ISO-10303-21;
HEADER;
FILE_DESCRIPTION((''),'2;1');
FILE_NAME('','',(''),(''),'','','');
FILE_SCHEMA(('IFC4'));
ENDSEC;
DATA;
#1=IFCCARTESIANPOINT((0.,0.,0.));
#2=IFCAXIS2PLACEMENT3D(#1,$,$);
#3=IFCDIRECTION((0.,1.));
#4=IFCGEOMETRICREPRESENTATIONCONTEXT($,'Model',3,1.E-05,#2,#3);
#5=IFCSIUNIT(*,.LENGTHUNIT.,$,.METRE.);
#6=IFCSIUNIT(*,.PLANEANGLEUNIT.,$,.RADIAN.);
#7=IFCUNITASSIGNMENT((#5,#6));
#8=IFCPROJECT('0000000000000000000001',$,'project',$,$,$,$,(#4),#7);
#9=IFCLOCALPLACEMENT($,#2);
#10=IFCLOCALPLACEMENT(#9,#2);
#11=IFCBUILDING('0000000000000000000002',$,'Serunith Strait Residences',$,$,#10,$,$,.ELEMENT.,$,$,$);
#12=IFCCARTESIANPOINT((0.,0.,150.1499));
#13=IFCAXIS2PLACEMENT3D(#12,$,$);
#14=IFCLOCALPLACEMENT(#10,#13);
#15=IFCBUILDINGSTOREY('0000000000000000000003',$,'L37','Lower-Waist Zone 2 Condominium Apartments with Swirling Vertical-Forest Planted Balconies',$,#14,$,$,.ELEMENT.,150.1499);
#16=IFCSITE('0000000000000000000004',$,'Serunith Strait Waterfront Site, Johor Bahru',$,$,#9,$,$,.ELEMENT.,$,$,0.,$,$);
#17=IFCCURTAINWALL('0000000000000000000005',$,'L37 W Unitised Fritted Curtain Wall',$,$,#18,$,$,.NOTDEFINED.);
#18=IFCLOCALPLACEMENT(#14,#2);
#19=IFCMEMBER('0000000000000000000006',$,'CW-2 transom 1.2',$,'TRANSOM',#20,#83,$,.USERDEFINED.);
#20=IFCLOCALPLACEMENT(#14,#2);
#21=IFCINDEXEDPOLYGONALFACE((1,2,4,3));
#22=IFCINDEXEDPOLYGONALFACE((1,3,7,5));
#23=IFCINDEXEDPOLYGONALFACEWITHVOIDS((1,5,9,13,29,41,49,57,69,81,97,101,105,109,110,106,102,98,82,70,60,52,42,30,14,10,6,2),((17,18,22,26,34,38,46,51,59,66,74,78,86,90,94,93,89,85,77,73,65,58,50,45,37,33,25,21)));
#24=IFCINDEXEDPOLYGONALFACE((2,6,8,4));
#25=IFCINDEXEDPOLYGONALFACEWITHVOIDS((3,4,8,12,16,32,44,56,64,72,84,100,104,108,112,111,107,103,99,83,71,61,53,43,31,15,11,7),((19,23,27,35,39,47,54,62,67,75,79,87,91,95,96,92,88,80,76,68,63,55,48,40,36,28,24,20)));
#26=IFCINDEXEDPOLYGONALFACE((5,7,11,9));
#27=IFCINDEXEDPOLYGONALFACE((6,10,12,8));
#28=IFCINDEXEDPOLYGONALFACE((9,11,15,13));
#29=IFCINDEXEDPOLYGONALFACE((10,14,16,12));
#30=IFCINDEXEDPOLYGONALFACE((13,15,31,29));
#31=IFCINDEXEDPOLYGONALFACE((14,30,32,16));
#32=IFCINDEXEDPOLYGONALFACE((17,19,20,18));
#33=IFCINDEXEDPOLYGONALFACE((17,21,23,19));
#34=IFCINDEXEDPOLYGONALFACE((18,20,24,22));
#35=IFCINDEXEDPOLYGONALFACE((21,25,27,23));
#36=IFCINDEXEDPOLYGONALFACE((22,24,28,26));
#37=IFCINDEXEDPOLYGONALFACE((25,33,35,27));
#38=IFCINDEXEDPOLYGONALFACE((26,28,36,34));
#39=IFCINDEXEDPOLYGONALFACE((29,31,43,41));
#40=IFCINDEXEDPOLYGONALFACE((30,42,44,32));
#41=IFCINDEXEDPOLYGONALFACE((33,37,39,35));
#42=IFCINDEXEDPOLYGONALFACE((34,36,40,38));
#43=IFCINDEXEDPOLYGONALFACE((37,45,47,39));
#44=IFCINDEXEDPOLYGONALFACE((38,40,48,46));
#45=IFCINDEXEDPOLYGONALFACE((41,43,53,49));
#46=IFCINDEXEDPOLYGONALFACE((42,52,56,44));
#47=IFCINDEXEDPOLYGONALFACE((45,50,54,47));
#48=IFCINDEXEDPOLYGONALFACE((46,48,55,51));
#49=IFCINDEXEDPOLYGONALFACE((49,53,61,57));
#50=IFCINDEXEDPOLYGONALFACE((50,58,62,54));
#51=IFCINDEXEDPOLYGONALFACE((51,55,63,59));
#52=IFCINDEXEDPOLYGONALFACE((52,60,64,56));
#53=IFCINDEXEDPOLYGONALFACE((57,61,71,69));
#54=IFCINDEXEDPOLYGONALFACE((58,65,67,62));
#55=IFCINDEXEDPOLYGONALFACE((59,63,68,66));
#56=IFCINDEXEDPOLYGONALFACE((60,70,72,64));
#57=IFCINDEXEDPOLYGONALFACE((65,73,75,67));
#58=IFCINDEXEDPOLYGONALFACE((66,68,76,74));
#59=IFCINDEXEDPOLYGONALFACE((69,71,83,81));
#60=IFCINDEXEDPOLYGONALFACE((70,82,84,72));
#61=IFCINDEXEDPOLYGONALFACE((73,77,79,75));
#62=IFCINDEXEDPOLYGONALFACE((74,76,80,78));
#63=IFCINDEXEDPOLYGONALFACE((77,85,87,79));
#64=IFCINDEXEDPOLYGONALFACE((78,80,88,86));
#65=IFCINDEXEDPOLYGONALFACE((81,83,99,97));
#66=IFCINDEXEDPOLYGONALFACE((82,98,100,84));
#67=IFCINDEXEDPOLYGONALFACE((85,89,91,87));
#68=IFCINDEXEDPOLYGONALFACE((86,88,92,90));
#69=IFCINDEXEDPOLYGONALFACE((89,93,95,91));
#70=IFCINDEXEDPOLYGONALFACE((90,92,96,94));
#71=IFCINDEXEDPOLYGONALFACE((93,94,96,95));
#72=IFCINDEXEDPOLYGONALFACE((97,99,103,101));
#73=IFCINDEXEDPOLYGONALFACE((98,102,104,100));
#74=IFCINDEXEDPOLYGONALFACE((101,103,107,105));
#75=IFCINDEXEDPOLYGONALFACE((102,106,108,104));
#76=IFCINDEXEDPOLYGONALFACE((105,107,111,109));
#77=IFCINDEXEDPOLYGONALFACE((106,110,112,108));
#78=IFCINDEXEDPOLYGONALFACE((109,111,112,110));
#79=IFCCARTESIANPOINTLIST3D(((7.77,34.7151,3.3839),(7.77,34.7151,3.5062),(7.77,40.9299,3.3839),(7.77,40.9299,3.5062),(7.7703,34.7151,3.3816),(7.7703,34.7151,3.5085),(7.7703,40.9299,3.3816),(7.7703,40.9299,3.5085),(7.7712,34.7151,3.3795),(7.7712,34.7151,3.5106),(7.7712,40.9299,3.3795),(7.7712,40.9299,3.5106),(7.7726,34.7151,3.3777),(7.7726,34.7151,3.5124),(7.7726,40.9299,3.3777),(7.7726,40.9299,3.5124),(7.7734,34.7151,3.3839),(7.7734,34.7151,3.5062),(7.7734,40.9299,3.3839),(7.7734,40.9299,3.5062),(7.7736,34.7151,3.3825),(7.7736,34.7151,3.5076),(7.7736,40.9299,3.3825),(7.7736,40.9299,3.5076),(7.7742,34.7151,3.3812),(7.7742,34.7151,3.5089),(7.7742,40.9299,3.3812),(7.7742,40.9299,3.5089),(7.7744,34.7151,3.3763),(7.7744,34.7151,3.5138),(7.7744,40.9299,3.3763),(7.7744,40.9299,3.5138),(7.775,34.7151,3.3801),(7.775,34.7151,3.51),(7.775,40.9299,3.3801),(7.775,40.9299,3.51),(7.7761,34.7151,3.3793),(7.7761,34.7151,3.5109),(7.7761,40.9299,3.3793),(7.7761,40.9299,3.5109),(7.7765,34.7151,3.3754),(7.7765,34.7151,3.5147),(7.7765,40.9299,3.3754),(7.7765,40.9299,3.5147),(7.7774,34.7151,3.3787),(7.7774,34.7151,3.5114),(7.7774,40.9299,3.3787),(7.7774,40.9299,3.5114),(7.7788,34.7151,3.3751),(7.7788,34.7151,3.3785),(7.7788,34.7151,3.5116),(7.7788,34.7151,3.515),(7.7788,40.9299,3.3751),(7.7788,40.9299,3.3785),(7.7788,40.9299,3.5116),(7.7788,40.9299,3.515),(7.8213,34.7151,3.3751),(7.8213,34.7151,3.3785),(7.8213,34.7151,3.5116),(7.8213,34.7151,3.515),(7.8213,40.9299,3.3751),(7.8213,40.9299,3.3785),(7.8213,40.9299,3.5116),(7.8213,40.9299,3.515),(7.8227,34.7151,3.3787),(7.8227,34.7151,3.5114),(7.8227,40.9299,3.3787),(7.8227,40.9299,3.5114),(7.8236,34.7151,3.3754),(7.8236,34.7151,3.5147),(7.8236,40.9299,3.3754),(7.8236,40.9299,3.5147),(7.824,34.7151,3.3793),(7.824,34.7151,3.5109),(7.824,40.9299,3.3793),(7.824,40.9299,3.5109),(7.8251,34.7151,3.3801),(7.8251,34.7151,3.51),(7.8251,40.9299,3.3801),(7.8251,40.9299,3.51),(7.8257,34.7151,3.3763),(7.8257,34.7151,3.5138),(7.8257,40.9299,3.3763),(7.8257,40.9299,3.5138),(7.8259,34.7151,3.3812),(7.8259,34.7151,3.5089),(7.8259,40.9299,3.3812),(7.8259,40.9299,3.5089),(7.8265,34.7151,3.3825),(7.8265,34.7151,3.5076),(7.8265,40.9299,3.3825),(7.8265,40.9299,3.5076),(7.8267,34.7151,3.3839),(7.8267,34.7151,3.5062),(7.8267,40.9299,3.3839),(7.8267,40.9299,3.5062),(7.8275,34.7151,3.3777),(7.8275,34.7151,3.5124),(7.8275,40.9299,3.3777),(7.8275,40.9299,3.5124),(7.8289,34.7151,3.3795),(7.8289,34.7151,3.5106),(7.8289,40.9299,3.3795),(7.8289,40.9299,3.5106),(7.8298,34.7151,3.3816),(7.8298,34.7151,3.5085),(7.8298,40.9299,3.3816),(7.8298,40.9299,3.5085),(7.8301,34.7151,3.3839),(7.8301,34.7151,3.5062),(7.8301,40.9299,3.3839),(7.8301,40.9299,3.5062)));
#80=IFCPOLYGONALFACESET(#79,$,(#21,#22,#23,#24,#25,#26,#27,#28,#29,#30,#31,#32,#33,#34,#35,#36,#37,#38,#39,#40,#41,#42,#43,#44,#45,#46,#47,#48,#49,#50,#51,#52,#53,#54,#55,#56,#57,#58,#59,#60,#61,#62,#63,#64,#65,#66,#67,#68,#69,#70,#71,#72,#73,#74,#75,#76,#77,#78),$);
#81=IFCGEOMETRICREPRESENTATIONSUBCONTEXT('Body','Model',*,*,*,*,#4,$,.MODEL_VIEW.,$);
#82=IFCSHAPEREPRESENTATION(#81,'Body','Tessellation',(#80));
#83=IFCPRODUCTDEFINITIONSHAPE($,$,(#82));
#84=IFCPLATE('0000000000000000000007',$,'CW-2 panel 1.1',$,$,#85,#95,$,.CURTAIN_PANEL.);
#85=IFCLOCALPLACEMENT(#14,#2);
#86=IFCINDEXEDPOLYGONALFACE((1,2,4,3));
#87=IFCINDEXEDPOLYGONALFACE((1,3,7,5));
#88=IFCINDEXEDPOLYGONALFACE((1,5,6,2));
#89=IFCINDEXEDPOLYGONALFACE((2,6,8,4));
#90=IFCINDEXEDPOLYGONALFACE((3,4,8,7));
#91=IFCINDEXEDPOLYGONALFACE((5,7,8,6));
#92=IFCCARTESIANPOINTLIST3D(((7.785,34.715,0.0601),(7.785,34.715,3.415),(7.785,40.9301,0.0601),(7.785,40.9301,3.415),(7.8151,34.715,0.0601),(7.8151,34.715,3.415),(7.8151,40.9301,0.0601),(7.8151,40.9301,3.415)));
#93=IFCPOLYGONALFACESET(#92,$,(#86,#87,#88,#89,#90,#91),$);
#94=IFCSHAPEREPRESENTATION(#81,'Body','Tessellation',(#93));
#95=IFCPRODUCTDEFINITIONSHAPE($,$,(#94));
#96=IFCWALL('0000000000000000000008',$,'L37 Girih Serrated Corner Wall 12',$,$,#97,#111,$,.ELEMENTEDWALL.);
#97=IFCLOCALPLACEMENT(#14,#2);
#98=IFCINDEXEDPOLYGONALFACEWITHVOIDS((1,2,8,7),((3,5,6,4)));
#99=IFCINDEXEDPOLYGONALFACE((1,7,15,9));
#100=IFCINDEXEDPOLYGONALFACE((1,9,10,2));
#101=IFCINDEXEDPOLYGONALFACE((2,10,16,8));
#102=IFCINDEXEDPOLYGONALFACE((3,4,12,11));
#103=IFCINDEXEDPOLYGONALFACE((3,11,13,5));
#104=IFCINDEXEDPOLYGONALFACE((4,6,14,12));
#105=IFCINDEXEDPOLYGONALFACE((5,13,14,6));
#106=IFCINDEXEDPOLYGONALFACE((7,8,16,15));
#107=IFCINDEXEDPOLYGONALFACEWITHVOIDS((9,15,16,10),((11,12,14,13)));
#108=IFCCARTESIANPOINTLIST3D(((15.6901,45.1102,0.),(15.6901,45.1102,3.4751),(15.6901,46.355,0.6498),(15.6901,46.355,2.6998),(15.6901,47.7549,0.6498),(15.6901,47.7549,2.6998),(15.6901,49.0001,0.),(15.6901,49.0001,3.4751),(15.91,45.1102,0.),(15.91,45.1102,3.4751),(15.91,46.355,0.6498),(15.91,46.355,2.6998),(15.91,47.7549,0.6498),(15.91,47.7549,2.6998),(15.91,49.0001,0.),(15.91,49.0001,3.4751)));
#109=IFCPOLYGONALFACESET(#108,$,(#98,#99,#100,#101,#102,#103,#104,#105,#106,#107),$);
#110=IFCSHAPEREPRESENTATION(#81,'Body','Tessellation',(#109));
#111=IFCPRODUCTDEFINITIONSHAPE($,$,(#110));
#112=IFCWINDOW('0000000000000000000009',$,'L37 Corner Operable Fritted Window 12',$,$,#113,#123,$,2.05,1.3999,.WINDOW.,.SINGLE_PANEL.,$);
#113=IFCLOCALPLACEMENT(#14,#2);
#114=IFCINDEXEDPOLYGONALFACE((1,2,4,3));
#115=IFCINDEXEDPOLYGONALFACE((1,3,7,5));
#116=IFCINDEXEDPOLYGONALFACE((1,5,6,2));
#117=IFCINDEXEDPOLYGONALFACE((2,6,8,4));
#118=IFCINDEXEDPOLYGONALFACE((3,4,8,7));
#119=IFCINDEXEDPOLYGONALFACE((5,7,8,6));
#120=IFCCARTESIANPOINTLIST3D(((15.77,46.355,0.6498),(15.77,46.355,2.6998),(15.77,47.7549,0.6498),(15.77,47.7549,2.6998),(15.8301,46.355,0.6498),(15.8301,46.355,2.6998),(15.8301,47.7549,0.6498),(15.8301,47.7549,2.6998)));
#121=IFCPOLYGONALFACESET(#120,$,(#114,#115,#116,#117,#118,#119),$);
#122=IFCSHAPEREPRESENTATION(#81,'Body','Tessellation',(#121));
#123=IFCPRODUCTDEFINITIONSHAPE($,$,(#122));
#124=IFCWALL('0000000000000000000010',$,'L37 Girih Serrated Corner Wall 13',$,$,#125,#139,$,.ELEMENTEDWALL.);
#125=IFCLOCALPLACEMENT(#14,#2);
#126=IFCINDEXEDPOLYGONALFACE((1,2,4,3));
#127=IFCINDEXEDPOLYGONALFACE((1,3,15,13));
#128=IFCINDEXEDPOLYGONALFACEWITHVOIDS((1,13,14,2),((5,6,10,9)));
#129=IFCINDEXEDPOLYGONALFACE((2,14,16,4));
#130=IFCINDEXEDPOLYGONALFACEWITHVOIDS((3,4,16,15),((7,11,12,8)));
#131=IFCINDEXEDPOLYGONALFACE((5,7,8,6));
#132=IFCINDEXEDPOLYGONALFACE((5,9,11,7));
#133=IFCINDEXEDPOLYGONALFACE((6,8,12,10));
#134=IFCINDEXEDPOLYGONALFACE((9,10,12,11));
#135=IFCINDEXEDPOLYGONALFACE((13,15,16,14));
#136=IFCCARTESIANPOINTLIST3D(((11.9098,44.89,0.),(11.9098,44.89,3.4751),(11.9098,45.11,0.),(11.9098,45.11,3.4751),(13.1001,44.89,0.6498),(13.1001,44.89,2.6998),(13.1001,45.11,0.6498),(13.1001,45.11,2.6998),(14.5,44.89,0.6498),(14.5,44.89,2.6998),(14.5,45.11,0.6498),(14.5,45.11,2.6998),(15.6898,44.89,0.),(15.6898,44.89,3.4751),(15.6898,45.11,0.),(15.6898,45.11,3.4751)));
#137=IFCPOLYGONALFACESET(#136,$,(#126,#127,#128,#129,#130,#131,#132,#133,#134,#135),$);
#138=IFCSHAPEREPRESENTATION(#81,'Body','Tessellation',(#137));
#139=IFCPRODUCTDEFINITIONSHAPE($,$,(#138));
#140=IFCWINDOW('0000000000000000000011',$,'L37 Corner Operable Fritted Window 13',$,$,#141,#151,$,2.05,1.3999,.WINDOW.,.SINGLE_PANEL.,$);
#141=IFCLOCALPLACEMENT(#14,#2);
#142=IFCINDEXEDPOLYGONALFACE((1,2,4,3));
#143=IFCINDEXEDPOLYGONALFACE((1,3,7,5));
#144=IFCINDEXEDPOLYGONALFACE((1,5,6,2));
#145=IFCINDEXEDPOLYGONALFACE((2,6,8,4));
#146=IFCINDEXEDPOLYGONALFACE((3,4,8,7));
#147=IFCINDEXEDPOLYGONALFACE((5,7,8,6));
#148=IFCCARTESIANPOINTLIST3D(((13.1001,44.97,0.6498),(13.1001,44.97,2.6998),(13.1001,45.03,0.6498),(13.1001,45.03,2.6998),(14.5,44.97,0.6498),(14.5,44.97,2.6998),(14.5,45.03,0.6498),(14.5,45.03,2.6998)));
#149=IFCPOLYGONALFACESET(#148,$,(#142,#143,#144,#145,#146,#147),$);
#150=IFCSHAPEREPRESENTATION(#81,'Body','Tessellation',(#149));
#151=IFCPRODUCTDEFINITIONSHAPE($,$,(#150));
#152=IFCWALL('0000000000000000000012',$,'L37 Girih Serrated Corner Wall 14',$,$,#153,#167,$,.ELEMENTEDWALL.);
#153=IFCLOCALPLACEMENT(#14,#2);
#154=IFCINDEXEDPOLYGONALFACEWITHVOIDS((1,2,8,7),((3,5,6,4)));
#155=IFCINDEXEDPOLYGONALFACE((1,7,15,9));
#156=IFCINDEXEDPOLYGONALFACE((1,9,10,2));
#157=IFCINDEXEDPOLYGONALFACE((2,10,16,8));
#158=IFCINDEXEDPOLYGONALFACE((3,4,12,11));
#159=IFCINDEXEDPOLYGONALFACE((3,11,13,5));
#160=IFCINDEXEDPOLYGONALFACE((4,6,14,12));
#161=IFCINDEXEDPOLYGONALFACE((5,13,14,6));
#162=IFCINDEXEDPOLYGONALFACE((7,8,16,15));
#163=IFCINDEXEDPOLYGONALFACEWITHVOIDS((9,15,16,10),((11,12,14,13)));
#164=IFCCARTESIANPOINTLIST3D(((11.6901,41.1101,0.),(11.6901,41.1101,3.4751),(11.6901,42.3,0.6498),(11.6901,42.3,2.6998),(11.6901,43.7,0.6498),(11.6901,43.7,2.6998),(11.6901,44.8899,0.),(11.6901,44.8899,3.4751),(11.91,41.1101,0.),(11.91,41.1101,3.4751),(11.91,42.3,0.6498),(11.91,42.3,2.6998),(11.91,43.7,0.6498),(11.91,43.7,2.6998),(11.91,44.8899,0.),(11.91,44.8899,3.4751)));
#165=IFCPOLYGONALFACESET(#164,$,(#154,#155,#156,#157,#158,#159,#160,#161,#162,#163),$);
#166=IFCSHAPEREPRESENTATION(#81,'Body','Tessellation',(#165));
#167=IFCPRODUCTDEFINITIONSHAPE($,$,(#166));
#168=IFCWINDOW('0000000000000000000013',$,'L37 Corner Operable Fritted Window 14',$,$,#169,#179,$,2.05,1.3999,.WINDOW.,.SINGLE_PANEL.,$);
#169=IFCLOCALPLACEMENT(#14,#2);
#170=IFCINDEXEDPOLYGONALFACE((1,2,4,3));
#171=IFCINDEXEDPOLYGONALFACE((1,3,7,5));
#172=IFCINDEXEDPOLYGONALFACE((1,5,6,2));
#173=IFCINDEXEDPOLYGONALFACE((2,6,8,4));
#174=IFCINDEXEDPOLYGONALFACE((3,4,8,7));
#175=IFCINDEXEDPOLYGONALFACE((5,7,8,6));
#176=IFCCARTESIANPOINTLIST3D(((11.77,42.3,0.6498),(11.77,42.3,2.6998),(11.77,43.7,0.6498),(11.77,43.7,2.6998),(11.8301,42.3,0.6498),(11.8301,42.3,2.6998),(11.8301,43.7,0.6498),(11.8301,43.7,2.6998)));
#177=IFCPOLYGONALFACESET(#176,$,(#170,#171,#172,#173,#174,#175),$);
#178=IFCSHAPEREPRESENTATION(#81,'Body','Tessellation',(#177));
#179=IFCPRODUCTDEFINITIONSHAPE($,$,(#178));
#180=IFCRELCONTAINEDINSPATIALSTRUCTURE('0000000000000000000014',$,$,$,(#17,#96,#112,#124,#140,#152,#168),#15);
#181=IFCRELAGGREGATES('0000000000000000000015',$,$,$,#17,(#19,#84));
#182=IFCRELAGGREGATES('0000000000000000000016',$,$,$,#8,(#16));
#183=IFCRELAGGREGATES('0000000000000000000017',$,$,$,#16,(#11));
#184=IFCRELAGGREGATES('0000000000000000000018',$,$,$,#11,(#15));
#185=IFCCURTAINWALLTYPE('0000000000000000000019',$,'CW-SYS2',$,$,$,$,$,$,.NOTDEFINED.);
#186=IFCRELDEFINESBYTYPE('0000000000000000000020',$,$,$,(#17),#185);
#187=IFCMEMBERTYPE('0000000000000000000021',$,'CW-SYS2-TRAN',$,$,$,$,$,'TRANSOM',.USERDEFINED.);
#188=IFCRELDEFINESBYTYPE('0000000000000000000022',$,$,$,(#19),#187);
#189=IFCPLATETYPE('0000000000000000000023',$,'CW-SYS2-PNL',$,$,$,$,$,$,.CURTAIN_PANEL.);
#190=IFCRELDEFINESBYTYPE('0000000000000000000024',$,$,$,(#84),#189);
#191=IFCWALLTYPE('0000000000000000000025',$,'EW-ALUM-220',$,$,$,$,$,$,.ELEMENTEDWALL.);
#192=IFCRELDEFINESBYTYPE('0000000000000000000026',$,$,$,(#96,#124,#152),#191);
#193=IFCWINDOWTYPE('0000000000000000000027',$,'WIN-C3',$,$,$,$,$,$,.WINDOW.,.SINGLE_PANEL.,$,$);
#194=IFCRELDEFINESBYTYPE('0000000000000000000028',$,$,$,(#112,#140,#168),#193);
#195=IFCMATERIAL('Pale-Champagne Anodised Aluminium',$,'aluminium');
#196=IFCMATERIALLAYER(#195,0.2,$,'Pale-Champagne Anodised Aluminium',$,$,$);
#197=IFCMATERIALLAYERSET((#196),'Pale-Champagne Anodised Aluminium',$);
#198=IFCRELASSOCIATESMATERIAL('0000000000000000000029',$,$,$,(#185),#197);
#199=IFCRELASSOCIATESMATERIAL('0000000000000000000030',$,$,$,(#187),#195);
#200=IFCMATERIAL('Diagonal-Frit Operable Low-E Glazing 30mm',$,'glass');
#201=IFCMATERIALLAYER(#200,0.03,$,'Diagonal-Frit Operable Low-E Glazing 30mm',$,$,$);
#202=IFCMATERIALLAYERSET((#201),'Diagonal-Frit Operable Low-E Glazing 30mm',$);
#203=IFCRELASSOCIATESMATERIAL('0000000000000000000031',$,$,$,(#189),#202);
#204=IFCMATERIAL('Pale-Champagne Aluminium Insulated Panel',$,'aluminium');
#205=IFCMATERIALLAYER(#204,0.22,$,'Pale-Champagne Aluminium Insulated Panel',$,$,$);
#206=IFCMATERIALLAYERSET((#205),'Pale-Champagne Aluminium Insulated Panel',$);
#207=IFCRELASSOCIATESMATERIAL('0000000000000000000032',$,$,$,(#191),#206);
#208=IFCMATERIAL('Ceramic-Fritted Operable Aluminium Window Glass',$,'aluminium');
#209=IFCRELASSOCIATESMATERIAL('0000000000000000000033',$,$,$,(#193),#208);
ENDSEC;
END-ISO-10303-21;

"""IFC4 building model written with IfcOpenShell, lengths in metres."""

from ifc_helpers import new_model, si_unit, direction, frame, frame_2d, origin, origin_2d, place, context, subcontext, project, spatial, rectangle, hollow_rectangle, extrude, source, transform, mapped, material, layer, layer_set, material_profile, profile_set, type_object, element, fill, aggregate, save


model = new_model("IFC4")

# Units and contexts
model_context = context("Model", 3, precision=1e-05, world=origin(), true_north=direction((0.0, 1.0)))
body_context = subcontext(model_context, "Body", "Model", "MODEL_VIEW")
ifc_project = project(units=[si_unit("LENGTHUNIT", "METRE"), si_unit("PLANEANGLEUNIT", "RADIAN")], contexts=[model_context])

# Site, building, storey
site_placement = place(None, origin())
site = spatial("IfcSite", under=ifc_project, at=site_placement, Name="Serunith Strait Waterfront Site, Johor Bahru", CompositionType="ELEMENT", RefElevation=0.0)
building_placement = place(site_placement, origin())
building = spatial("IfcBuilding", under=site, at=building_placement, Name="Serunith Strait Residences", CompositionType="ELEMENT")
storey_placement = place(building_placement, frame((0.0, 0.0, 150.1499)))
storey = spatial("IfcBuildingStorey", under=building, at=storey_placement, Name="L37", Description="Lower-Waist Zone 2 Condominium Apartments with Swirling Vertical-Forest Planted Balconies", CompositionType="ELEMENT", Elevation=150.1499)

# Shared definitions
ifc_material_1 = material(Name="Pale-Champagne Anodised Aluminium", Category="aluminium")
ifc_layer_1 = layer(ifc_material_1, 0.2, Name="Pale-Champagne Anodised Aluminium")
ifc_layer_set_1 = layer_set([ifc_layer_1], Name="Pale-Champagne Anodised Aluminium")
curtain_wall_type = type_object("IfcCurtainWallType", Name="CW-SYS2", PredefinedType="NOTDEFINED", material=ifc_layer_set_1)

# Curtain wall, member, plate
curtain_wall_1_placement = place(storey_placement, origin())
curtain_wall_1 = element("IfcCurtainWall", 1, at=curtain_wall_1_placement, inside=storey, type_object=curtain_wall_type, Name="L37 W Unitised Fritted Curtain Wall", PredefinedType="NOTDEFINED")
ifc_material_profile_1 = material_profile(ifc_material_1, hollow_rectangle(XDim=0.0601, YDim=0.1399, WallThickness=0.0034, InnerFilletRadius=0.0054, OuterFilletRadius=0.0088, at=origin_2d()), Name="ALU 140x60x3.5")
ifc_profile_set_1 = profile_set([ifc_material_profile_1], Name="Pale-Champagne Anodised Aluminium")
member_type_1 = type_object("IfcMemberType", Name="CW-SYS2-TRAN", ElementType="TRANSOM", PredefinedType="USERDEFINED", material=ifc_profile_set_1)
shared_shape_1 = source(origin(), body_context, "Body", "SweptSolid", [
    extrude(hollow_rectangle(XDim=0.0601, YDim=0.1399, WallThickness=0.0034, InnerFilletRadius=0.0054, OuterFilletRadius=0.0088, at=origin_2d()), origin(), (0.0, 0.0, 1.0), 6.2148),
])
member_1_placement = place(storey_placement, frame((7.8, 40.9299, 3.4451), z_axis=(0.0, -1.0, 0.0), x_axis=(1.0, 0.0, 0.0)))
member_1 = element("IfcMember", 2, at=member_1_placement, type_object=member_type_1, Name="CW-2 transom 1.2", ObjectType="TRANSOM", PredefinedType="USERDEFINED", context=body_context, shape_type="MappedRepresentation", body=[
    mapped(shared_shape_1, transform((0.0, 0.0, 0.0), scale=1.0)),
])
ifc_material_2 = material(Name="Diagonal-Frit Operable Low-E Glazing 30mm", Category="glass")
ifc_layer_2 = layer(ifc_material_2, 0.03, Name="Diagonal-Frit Operable Low-E Glazing 30mm")
ifc_layer_set_2 = layer_set([ifc_layer_2], Name="Diagonal-Frit Operable Low-E Glazing 30mm")
plate_type = type_object("IfcPlateType", Name="CW-SYS2-PNL", PredefinedType="CURTAIN_PANEL", material=ifc_layer_set_2)
shared_shape_2 = source(origin(), body_context, "Body", "SweptSolid", [
    extrude(rectangle(XDim=6.2151, YDim=0.03, at=origin_2d()), origin(), (0.0, 0.0, 1.0), 3.355),
])
plate_placement = place(storey_placement, frame((7.8, 37.8225, 0.0601), z_axis=(0.0, 0.0, 1.0), x_axis=(0.0, -1.0, 0.0)))
plate = element("IfcPlate", 3, at=plate_placement, type_object=plate_type, Name="CW-2 panel 1.1", PredefinedType="CURTAIN_PANEL", context=body_context, shape_type="MappedRepresentation", body=[
    mapped(shared_shape_2, transform((0.0, 0.0, 0.0), scale=1.0)),
])
aggregate(curtain_wall_1, [member_1, plate])

# Walls, openings, windows
ifc_material_3 = material(Name="Pale-Champagne Aluminium Insulated Panel", Category="aluminium")
ifc_layer_3 = layer(ifc_material_3, 0.22, Name="Pale-Champagne Aluminium Insulated Panel")
ifc_layer_set_3 = layer_set([ifc_layer_3], Name="Pale-Champagne Aluminium Insulated Panel")
wall_type_1 = type_object("IfcWallType", Name="EW-ALUM-220", PredefinedType="ELEMENTEDWALL", material=ifc_layer_set_3)
wall_1_placement = place(storey_placement, frame((15.8, 49.0, 0.0), z_axis=(0.0, 0.0, 1.0), x_axis=(0.0, -1.0, 0.0)))
wall_1 = element("IfcWall", 4, at=wall_1_placement, inside=storey, type_object=wall_type_1, Name="L37 Girih Serrated Corner Wall 12", PredefinedType="ELEMENTEDWALL", context=body_context, shape_type="SweptSolid", body=[
    extrude(rectangle(XDim=3.8899, YDim=0.22, at=frame_2d((1.9448, 0.0))), origin(), (0.0, 0.0, 1.0), 3.4751),
])
opening_1_placement = place(wall_1_placement, frame((1.2451, 0.0, 0.6499)))
opening_1 = element("IfcOpeningElement", 5, at=opening_1_placement, cuts=wall_1, PredefinedType="OPENING", context=body_context, shape_type="SweptSolid", body=[
    extrude(rectangle(XDim=1.3999, YDim=2.05, at=frame_2d((0.7, 1.0249))), frame((0.0, 0.1201, 0.0), z_axis=(0.0, -1.0, 0.0), x_axis=(1.0, 0.0, 0.0)), (0.0, 0.0, 1.0), 0.24),
])
ifc_material_4 = material(Name="Ceramic-Fritted Operable Aluminium Window Glass", Category="aluminium")
window_type = type_object("IfcWindowType", Name="WIN-C3", PartitioningType="SINGLE_PANEL", PredefinedType="WINDOW", material=ifc_material_4)
shared_shape_3 = source(origin(), body_context, "Body", "SweptSolid", [
    extrude(rectangle(XDim=1.3999, YDim=2.05, at=frame_2d((0.7, 1.0249))), frame((0.0, 0.03, 0.0), z_axis=(0.0, -1.0, 0.0), x_axis=(1.0, 0.0, 0.0)), (0.0, 0.0, 1.0), 0.0601),
])
window_1_placement = place(opening_1_placement, origin())
window_1 = element("IfcWindow", 6, at=window_1_placement, inside=storey, type_object=window_type, Name="L37 Corner Operable Fritted Window 12", OverallHeight=2.05, OverallWidth=1.3999, PartitioningType="SINGLE_PANEL", PredefinedType="WINDOW", context=body_context, shape_type="MappedRepresentation", body=[
    mapped(shared_shape_3, transform((0.0, 0.0, 0.0), scale=1.0)),
])
fill(opening_1, window_1)
wall_2_placement = place(storey_placement, frame((15.6899, 45.0, 0.0), z_axis=(0.0, 0.0, 1.0), x_axis=(-1.0, 0.0, 0.0)))
wall_2 = element("IfcWall", 7, at=wall_2_placement, inside=storey, type_object=wall_type_1, Name="L37 Girih Serrated Corner Wall 13", PredefinedType="ELEMENTEDWALL", context=body_context, shape_type="SweptSolid", body=[
    extrude(rectangle(XDim=3.78, YDim=0.22, at=frame_2d((1.8901, 0.0))), origin(), (0.0, 0.0, 1.0), 3.4751),
])
opening_2_placement = place(wall_2_placement, frame((1.1899, 0.0, 0.6499)))
opening_2 = element("IfcOpeningElement", 8, at=opening_2_placement, cuts=wall_2, PredefinedType="OPENING", context=body_context, shape_type="SweptSolid", body=[
    extrude(rectangle(XDim=1.3999, YDim=2.05, at=frame_2d((0.7, 1.0249))), frame((0.0, 0.1201, 0.0), z_axis=(0.0, -1.0, 0.0), x_axis=(1.0, 0.0, 0.0)), (0.0, 0.0, 1.0), 0.24),
])
window_2_placement = place(opening_2_placement, origin())
window_2 = element("IfcWindow", 9, at=window_2_placement, inside=storey, type_object=window_type, Name="L37 Corner Operable Fritted Window 13", OverallHeight=2.05, OverallWidth=1.3999, PartitioningType="SINGLE_PANEL", PredefinedType="WINDOW", context=body_context, shape_type="MappedRepresentation", body=[
    mapped(shared_shape_3, transform((0.0, 0.0, 0.0), scale=1.0)),
])
fill(opening_2, window_2)
wall_3_placement = place(storey_placement, frame((11.8, 44.8899, 0.0), z_axis=(0.0, 0.0, 1.0), x_axis=(0.0, -1.0, 0.0)))
wall_3 = element("IfcWall", 10, at=wall_3_placement, inside=storey, type_object=wall_type_1, Name="L37 Girih Serrated Corner Wall 14", PredefinedType="ELEMENTEDWALL", context=body_context, shape_type="SweptSolid", body=[
    extrude(rectangle(XDim=3.7798, YDim=0.22, at=frame_2d((1.8899, 0.0))), origin(), (0.0, 0.0, 1.0), 3.4751),
])
opening_3_placement = place(wall_3_placement, frame((1.1899, 0.0, 0.6499)))
opening_3 = element("IfcOpeningElement", 11, at=opening_3_placement, cuts=wall_3, PredefinedType="OPENING", context=body_context, shape_type="SweptSolid", body=[
    extrude(rectangle(XDim=1.3999, YDim=2.05, at=frame_2d((0.7, 1.0249))), frame((0.0, 0.1201, 0.0), z_axis=(0.0, -1.0, 0.0), x_axis=(1.0, 0.0, 0.0)), (0.0, 0.0, 1.0), 0.24),
])
window_3_placement = place(opening_3_placement, origin())
window_3 = element("IfcWindow", 12, at=window_3_placement, inside=storey, type_object=window_type, Name="L37 Corner Operable Fritted Window 14", OverallHeight=2.05, OverallWidth=1.3999, PartitioningType="SINGLE_PANEL", PredefinedType="WINDOW", context=body_context, shape_type="MappedRepresentation", body=[
    mapped(shared_shape_3, transform((0.0, 0.0, 0.0), scale=1.0)),
])
fill(opening_3, window_3)

save(model, "model.ifc")
